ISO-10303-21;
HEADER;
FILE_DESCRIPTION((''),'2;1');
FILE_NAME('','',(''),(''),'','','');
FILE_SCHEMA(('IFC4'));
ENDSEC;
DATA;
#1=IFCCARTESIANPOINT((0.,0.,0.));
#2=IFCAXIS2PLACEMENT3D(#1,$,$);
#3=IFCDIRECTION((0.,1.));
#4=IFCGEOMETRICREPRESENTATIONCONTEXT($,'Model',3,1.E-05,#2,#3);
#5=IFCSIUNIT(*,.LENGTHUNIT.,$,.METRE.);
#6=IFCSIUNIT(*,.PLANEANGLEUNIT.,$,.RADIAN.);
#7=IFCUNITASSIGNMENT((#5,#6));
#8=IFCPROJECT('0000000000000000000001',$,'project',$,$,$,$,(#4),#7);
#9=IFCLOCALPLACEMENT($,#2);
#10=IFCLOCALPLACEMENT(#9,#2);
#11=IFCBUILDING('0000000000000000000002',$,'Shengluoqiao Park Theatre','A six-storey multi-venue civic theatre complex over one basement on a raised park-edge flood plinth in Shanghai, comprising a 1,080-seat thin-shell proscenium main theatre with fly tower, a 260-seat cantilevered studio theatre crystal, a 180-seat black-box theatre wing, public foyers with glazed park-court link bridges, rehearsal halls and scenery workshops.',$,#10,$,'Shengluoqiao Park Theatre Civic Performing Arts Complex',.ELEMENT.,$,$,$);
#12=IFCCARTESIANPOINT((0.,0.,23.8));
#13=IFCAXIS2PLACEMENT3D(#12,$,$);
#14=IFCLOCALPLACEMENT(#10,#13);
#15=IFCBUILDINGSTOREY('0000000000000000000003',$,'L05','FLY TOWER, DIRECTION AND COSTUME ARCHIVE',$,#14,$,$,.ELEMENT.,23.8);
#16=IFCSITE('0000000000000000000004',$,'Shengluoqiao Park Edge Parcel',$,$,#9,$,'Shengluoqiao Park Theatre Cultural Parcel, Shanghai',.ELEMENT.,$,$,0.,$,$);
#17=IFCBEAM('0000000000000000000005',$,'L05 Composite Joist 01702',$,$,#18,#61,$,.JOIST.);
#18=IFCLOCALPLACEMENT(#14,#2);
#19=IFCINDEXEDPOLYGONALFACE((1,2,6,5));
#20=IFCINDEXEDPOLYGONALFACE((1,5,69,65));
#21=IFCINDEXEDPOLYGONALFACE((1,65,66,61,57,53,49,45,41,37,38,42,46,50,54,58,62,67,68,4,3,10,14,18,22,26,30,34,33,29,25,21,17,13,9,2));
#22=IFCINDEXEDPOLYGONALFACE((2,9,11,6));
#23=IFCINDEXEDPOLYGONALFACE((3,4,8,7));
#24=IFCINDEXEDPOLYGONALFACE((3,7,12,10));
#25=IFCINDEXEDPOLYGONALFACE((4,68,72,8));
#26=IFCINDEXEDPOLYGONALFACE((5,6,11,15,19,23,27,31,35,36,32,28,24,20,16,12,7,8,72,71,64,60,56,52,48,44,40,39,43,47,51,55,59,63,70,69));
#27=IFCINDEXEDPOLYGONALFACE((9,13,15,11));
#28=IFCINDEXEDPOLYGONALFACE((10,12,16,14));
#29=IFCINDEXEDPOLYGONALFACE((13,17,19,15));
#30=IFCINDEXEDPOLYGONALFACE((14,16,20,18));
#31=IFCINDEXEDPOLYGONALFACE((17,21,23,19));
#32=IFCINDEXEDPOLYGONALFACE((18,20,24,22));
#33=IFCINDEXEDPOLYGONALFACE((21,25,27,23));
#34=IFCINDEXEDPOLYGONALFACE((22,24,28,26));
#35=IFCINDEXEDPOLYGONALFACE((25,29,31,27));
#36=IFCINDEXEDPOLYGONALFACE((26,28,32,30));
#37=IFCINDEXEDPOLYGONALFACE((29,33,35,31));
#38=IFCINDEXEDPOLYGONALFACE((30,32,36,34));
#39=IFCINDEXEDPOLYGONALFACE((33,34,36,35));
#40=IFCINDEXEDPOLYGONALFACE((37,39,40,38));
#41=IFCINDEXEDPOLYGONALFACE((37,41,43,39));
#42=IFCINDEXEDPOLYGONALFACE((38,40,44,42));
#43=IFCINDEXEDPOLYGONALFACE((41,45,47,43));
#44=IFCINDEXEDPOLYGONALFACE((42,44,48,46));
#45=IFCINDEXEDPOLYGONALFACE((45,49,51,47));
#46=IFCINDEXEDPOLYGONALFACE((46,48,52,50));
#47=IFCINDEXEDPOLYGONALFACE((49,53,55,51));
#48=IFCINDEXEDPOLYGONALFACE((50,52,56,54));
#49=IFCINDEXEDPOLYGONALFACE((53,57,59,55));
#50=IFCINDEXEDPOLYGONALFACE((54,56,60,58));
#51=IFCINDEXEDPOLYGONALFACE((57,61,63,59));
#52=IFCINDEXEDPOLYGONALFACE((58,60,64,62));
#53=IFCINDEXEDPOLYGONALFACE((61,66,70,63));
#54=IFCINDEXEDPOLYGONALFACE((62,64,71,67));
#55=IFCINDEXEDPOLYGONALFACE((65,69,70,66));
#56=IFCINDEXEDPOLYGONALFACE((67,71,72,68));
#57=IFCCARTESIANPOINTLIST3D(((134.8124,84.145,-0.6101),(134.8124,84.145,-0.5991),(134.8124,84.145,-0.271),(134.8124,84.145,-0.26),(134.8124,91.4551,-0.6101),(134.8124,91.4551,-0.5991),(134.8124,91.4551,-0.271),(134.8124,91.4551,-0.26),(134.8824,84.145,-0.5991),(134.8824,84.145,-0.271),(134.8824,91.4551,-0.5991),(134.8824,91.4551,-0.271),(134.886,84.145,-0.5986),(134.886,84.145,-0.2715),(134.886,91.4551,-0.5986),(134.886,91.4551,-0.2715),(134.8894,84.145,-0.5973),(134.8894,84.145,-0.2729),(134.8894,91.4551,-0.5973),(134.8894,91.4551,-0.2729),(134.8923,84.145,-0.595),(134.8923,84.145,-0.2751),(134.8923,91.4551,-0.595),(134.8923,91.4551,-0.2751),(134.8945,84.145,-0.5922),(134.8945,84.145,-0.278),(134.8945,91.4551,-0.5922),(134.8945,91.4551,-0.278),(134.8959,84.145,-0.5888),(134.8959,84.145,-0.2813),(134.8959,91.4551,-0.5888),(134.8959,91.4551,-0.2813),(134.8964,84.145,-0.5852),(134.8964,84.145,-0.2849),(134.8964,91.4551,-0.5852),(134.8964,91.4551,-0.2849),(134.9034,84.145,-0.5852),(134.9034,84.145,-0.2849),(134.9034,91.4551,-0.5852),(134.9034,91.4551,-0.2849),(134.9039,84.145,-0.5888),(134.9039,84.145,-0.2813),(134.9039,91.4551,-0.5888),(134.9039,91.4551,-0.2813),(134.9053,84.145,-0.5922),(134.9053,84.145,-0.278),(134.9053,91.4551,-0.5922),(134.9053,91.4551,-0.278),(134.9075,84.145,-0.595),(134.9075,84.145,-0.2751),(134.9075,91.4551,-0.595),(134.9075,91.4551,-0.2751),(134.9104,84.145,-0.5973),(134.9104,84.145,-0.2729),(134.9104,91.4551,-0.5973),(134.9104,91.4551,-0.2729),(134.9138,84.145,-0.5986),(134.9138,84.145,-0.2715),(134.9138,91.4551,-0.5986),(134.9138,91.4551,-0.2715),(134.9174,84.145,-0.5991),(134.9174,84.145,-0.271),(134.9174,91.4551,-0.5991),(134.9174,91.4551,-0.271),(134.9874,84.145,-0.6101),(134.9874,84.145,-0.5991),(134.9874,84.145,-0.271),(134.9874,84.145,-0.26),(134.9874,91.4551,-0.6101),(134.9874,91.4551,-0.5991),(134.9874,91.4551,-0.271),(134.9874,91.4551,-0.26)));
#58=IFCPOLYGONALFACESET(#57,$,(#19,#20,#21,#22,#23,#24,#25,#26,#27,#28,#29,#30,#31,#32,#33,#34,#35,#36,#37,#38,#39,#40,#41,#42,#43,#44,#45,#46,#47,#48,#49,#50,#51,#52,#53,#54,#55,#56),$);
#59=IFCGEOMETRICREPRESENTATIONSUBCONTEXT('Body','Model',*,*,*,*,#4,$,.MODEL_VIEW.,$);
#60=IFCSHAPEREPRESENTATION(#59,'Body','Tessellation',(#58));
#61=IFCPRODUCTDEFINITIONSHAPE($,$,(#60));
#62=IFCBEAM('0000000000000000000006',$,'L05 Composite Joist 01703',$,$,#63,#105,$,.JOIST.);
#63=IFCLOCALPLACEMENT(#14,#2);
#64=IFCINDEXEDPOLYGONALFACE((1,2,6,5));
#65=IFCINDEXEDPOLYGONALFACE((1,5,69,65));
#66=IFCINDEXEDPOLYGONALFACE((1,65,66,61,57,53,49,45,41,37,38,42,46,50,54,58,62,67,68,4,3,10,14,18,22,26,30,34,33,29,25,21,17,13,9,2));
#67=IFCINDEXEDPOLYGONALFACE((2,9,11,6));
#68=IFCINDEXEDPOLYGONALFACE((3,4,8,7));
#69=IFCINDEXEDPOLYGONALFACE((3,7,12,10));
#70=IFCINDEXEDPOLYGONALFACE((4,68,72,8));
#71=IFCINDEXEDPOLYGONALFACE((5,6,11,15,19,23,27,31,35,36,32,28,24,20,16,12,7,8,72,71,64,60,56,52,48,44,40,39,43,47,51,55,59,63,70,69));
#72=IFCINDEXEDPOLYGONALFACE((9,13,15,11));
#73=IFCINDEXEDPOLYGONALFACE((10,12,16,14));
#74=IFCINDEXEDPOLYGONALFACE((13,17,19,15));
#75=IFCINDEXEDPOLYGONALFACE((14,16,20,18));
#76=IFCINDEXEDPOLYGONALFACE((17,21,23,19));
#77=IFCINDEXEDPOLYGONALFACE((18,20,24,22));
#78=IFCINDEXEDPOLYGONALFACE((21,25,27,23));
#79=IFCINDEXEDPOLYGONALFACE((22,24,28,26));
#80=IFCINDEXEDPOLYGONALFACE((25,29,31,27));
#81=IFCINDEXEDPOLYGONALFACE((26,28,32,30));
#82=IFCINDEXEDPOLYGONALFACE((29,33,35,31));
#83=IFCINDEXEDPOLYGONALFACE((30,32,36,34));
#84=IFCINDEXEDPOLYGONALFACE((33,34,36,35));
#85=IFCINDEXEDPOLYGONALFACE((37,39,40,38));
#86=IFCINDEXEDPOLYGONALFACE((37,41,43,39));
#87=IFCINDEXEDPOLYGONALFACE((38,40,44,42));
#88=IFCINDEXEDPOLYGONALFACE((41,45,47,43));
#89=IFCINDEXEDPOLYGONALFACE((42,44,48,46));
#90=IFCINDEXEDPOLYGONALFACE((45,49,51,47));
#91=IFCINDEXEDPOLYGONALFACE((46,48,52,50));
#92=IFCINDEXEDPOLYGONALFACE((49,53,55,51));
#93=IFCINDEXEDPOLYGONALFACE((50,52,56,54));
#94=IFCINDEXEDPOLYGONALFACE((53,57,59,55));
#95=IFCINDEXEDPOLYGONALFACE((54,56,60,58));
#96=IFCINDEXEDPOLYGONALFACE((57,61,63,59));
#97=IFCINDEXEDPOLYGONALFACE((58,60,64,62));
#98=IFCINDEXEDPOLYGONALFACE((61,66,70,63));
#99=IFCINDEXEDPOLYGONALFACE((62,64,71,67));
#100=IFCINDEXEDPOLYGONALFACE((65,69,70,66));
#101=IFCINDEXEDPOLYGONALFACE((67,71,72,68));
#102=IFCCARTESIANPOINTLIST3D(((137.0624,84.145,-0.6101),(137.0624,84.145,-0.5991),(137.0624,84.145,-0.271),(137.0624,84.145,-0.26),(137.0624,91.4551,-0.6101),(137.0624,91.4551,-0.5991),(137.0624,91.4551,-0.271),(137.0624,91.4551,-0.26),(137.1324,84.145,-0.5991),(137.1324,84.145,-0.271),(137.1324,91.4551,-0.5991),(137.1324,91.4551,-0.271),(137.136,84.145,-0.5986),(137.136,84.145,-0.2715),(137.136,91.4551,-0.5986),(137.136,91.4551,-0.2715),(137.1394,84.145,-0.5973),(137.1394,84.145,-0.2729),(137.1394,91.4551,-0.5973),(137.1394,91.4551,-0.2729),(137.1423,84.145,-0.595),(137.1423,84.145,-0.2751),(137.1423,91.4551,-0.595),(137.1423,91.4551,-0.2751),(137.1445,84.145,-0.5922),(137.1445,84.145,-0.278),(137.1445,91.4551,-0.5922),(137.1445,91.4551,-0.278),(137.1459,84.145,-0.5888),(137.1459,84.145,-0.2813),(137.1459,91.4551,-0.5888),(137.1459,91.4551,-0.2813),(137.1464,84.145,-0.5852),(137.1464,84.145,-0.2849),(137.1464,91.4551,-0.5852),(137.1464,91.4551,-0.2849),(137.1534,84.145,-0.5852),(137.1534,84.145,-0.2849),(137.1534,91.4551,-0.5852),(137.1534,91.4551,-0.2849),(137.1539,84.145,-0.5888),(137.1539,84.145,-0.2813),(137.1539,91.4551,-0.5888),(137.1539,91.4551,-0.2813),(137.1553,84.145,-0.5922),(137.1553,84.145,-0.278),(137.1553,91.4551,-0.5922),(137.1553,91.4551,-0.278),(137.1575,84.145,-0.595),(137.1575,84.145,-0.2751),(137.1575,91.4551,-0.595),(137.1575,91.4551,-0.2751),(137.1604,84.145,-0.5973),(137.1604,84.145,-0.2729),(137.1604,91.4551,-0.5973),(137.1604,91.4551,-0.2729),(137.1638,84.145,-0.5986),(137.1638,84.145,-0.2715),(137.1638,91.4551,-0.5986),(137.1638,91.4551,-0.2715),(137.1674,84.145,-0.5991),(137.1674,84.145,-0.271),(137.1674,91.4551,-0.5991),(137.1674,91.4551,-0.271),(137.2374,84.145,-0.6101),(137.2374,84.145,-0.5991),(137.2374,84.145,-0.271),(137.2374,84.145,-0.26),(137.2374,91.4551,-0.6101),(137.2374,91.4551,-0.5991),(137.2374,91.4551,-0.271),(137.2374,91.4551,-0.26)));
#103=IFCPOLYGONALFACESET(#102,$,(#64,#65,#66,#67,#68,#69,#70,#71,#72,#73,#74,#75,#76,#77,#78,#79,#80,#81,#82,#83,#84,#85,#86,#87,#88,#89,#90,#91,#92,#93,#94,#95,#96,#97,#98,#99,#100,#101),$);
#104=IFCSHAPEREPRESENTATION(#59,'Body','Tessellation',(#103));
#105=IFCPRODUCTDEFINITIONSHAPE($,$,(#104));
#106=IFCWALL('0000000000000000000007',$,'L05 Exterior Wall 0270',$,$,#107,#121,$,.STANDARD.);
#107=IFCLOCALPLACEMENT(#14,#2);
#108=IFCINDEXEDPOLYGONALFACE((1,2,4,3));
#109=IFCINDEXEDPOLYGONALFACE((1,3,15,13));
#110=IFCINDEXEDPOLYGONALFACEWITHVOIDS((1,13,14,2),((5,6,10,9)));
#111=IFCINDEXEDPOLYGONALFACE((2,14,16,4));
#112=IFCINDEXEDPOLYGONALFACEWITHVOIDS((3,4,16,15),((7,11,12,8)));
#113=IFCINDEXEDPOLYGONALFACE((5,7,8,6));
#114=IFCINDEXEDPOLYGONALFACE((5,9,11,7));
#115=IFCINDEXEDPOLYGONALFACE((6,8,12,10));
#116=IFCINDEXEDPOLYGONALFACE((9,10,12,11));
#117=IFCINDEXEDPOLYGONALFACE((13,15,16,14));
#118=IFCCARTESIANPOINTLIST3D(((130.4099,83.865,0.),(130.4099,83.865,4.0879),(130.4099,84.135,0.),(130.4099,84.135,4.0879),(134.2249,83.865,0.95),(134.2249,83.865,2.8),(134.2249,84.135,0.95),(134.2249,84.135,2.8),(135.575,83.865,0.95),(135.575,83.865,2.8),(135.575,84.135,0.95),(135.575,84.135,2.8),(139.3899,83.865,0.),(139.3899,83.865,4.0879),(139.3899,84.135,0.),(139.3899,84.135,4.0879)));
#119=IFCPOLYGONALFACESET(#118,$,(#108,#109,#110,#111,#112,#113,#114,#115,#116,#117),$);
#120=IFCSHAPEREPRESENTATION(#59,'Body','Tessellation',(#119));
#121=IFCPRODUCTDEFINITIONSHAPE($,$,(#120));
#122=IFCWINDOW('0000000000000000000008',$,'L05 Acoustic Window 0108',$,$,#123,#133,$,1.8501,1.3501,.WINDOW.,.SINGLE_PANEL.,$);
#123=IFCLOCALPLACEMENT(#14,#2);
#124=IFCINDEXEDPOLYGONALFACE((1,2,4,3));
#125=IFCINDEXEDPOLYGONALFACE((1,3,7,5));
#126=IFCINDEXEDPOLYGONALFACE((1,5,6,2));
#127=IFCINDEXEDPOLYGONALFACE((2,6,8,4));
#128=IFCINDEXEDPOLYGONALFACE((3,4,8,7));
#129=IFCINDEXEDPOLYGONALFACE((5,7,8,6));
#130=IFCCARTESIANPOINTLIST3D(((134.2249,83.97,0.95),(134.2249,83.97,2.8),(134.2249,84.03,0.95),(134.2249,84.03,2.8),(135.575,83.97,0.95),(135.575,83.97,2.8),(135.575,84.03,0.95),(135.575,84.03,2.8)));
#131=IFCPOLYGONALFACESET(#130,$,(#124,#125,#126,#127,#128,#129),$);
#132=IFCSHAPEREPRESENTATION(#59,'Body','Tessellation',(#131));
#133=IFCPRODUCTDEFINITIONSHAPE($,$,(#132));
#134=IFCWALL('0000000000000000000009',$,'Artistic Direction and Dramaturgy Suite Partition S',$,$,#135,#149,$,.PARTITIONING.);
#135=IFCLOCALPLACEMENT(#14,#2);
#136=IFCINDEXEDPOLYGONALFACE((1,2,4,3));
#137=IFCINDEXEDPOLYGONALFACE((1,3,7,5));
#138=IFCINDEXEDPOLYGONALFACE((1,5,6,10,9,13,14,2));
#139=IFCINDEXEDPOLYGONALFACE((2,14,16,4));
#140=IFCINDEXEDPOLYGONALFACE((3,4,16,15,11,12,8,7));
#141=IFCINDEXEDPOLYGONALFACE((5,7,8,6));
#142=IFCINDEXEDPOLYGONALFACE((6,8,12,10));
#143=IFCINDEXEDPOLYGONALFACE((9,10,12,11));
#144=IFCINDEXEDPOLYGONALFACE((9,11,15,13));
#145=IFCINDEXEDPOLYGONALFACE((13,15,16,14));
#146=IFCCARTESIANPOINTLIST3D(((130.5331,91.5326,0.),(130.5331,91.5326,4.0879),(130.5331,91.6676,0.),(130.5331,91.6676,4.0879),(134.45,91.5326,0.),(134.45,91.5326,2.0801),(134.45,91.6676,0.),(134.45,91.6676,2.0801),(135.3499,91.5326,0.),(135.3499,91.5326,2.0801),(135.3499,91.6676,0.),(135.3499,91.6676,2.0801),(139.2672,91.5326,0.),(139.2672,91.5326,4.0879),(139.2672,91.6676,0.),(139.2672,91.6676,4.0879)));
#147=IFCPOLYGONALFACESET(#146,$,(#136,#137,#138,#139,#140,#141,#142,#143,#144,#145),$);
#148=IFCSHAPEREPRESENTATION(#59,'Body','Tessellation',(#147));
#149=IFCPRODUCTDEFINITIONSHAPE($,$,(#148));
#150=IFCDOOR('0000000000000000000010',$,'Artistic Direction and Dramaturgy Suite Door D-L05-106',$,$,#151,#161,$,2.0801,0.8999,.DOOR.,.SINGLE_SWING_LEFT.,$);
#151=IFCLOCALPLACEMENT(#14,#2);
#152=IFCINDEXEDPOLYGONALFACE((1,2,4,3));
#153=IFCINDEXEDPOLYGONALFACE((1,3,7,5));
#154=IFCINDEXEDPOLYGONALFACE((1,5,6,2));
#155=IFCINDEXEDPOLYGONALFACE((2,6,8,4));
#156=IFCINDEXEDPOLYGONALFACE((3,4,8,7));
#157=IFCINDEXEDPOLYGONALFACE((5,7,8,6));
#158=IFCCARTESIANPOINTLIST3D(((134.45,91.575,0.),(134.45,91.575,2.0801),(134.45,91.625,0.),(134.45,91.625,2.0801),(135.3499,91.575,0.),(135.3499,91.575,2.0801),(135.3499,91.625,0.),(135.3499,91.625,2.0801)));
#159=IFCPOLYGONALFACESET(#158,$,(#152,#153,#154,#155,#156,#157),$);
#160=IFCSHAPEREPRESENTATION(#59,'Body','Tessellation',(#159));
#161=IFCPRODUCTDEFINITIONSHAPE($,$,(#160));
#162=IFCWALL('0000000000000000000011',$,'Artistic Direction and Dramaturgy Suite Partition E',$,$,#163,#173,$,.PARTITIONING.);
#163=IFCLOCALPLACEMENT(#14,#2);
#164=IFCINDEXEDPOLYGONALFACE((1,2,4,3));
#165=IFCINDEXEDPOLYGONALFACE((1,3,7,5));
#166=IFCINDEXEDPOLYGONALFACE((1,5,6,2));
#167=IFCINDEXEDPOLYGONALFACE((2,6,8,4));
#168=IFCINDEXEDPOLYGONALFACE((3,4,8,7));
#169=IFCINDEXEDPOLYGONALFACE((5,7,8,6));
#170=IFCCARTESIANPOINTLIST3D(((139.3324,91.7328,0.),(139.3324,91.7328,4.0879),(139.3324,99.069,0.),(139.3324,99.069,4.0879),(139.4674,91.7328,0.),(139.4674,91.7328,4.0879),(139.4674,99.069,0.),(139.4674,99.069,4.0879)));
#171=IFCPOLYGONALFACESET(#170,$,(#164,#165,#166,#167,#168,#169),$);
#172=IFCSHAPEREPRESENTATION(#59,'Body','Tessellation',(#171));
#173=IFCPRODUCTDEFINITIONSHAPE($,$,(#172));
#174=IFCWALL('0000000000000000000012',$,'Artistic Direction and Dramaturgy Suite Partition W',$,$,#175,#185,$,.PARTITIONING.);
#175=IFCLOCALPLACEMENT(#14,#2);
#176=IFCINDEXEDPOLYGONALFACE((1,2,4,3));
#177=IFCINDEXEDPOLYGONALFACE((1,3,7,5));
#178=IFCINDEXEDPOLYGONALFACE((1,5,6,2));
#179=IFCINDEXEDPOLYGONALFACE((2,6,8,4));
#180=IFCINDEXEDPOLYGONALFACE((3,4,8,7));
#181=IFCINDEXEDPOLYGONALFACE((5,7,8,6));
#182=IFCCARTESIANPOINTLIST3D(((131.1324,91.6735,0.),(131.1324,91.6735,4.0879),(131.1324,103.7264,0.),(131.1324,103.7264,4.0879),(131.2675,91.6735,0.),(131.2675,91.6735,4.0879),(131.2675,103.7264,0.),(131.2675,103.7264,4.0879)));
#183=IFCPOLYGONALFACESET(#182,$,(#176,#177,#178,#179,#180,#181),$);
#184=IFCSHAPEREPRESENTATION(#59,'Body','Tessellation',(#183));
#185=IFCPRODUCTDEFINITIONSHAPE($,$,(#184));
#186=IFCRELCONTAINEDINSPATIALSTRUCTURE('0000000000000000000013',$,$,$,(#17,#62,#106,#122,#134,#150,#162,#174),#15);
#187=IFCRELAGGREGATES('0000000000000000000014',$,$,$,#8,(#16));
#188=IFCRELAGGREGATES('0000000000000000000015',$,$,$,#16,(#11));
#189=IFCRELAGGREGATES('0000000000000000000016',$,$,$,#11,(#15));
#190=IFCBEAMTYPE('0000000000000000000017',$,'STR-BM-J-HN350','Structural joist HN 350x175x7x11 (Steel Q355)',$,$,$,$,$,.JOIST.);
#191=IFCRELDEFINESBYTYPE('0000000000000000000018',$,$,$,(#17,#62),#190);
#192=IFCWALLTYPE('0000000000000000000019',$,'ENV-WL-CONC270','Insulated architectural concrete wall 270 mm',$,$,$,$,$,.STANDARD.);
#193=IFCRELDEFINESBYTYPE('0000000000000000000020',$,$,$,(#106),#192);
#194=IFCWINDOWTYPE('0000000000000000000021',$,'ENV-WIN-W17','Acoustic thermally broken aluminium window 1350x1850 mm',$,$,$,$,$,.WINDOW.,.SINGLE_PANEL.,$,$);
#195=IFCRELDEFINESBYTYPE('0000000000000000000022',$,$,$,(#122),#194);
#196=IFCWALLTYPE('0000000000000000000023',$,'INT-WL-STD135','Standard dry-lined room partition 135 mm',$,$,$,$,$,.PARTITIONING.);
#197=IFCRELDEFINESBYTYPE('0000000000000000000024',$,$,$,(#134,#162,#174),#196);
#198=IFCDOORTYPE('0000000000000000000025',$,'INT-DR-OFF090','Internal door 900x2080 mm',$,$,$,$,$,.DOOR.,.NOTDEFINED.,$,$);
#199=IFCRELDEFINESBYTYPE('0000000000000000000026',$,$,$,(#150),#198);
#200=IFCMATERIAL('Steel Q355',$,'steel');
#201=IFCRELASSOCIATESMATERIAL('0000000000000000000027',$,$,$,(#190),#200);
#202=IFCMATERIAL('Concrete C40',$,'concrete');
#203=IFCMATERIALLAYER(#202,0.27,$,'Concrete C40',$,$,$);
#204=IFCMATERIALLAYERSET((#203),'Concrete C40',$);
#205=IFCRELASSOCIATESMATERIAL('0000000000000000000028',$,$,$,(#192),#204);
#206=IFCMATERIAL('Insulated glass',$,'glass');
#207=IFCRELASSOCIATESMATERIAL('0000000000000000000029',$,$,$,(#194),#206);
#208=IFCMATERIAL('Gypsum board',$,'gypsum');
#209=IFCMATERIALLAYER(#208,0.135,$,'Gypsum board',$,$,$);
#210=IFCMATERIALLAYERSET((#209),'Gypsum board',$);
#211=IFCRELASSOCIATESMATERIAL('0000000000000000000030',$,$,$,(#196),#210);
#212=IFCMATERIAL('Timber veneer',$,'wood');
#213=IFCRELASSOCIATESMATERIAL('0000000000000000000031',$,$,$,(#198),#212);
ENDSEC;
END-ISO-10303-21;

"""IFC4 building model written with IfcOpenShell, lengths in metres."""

from ifc_helpers import new_model, si_unit, direction, frame, frame_2d, origin, origin_2d, place, context, subcontext, project, spatial, rectangle, i_section, extrude, material, layer, layer_set, material_profile, profile_set, type_object, element, fill, save


model = new_model("IFC4")

# Units and contexts
model_context = context("Model", 3, precision=1e-05, world=origin(), true_north=direction((0.0, 1.0)))
body_context = subcontext(model_context, "Body", "Model", "MODEL_VIEW")
ifc_project = project(units=[si_unit("LENGTHUNIT", "METRE"), si_unit("PLANEANGLEUNIT", "RADIAN")], contexts=[model_context])

# Site, building, storey
site_placement = place(None, origin())
site = spatial("IfcSite", under=ifc_project, at=site_placement, Name="Shengluoqiao Park Edge Parcel", LongName="Shengluoqiao Park Theatre Cultural Parcel, Shanghai", CompositionType="ELEMENT", RefElevation=0.0)
building_placement = place(site_placement, origin())
building = spatial("IfcBuilding", under=site, at=building_placement, Name="Shengluoqiao Park Theatre", Description="A six-storey multi-venue civic theatre complex over one basement on a raised park-edge flood plinth in Shanghai, comprising a 1,080-seat thin-shell proscenium main theatre with fly tower, a 260-seat cantilevered studio theatre crystal, a 180-seat black-box theatre wing, public foyers with glazed park-court link bridges, rehearsal halls and scenery workshops.", LongName="Shengluoqiao Park Theatre Civic Performing Arts Complex", CompositionType="ELEMENT")
storey_placement = place(building_placement, frame((0.0, 0.0, 23.8)))
storey = spatial("IfcBuildingStorey", under=building, at=storey_placement, Name="L05", Description="FLY TOWER, DIRECTION AND COSTUME ARCHIVE", CompositionType="ELEMENT", Elevation=23.8)

# Shared definitions
ifc_material_1 = material(Name="Steel Q355", Category="steel")

# Beams
ifc_material_profile_1 = material_profile(ifc_material_1, i_section(OverallWidth=0.175, OverallDepth=0.3501, WebThickness=0.0071, FlangeThickness=0.011, FilletRadius=0.0139, at=origin_2d()), Name="HN 350x175x7x11")
ifc_profile_set_1 = profile_set([ifc_material_profile_1], Name="Steel Q355")
beam_type_1 = type_object("IfcBeamType", Name="STR-BM-J-HN350", Description="Structural joist HN 350x175x7x11 (Steel Q355)", PredefinedType="JOIST", material=ifc_profile_set_1)
for number, where, z_axis, x_axis, name in (
    (1, (134.8999, 84.145, -0.4351), (0.0, 1.0, 0.0), (-1.0, 0.0, 0.0), "L05 Composite Joist 01702"),
    (2, (137.1499, 84.145, -0.4351), (0.0, 1.0, 0.0), (-1.0, 0.0, 0.0), "L05 Composite Joist 01703"),
):
    element("IfcBeam", number, at=place(storey_placement, frame(where, z_axis=z_axis, x_axis=x_axis)), inside=storey, type_object=beam_type_1, Name=name, PredefinedType="JOIST", context=body_context, shape_type="SweptSolid", body=[
        extrude(i_section(OverallWidth=0.175, OverallDepth=0.3501, WebThickness=0.0071, FlangeThickness=0.011, FilletRadius=0.0139, at=origin_2d()), origin(), (0.0, 0.0, 1.0), 7.3101),
    ])

# Wall, opening, window
ifc_material_2 = material(Name="Concrete C40", Category="concrete")
ifc_layer_1 = layer(ifc_material_2, 0.27, Name="Concrete C40")
ifc_layer_set_1 = layer_set([ifc_layer_1], Name="Concrete C40")
wall_type_1 = type_object("IfcWallType", Name="ENV-WL-CONC270", Description="Insulated architectural concrete wall 270 mm", PredefinedType="STANDARD", material=ifc_layer_set_1)
wall_1_placement = place(storey_placement, frame((130.4099, 84.0, 0.0), z_axis=(0.0, 0.0, 1.0), x_axis=(1.0, 0.0, 0.0)))
wall_1 = element("IfcWall", 3, at=wall_1_placement, inside=storey, type_object=wall_type_1, Name="L05 Exterior Wall 0270", PredefinedType="STANDARD", context=body_context, shape_type="SweptSolid", body=[
    extrude(rectangle(XDim=8.98, YDim=0.27, at=frame_2d((4.49, 0.0))), origin(), (0.0, 0.0, 1.0), 4.0879),
])
opening_1_placement = place(wall_1_placement, frame((3.8149, 0.0, 0.95)))
opening_1 = element("IfcOpeningElement", 4, at=opening_1_placement, cuts=wall_1, PredefinedType="OPENING", context=body_context, shape_type="SweptSolid", body=[
    extrude(rectangle(XDim=1.3501, YDim=1.8501, at=frame_2d((0.675, 0.925))), frame((0.0, 0.145, 0.0), z_axis=(0.0, -1.0, 0.0), x_axis=(1.0, 0.0, 0.0)), (0.0, 0.0, 1.0), 0.29),
])
ifc_material_3 = material(Name="Insulated glass", Category="glass")
window_type = type_object("IfcWindowType", Name="ENV-WIN-W17", Description="Acoustic thermally broken aluminium window 1350x1850 mm", PartitioningType="SINGLE_PANEL", PredefinedType="WINDOW", material=ifc_material_3)
window_placement = place(opening_1_placement, origin())
window = element("IfcWindow", 5, at=window_placement, inside=storey, type_object=window_type, Name="L05 Acoustic Window 0108", OverallHeight=1.8501, OverallWidth=1.3501, PartitioningType="SINGLE_PANEL", PredefinedType="WINDOW", context=body_context, shape_type="SweptSolid", body=[
    extrude(rectangle(XDim=1.3501, YDim=1.8501, at=frame_2d((0.675, 0.925))), frame((0.0, 0.03, 0.0), z_axis=(0.0, -1.0, 0.0), x_axis=(1.0, 0.0, 0.0)), (0.0, 0.0, 1.0), 0.0601),
])
fill(opening_1, window)

# Wall, opening, door
ifc_material_4 = material(Name="Gypsum board", Category="gypsum")
ifc_layer_2 = layer(ifc_material_4, 0.135, Name="Gypsum board")
ifc_layer_set_2 = layer_set([ifc_layer_2], Name="Gypsum board")
wall_type_2 = type_object("IfcWallType", Name="INT-WL-STD135", Description="Standard dry-lined room partition 135 mm", PredefinedType="PARTITIONING", material=ifc_layer_set_2)
wall_2_placement = place(storey_placement, frame((130.533, 91.6001, 0.0), z_axis=(0.0, 0.0, 1.0), x_axis=(1.0, 0.0, 0.0)))
wall_2 = element("IfcWall", 6, at=wall_2_placement, inside=storey, type_object=wall_type_2, Name="Artistic Direction and Dramaturgy Suite Partition S", PredefinedType="PARTITIONING", context=body_context, shape_type="SweptSolid", body=[
    extrude(rectangle(XDim=8.7341, YDim=0.135, at=frame_2d((4.3672, 0.0))), origin(), (0.0, 0.0, 1.0), 4.0879),
])
opening_2_placement = place(wall_2_placement, frame((3.917, 0.0, 0.0)))
opening_2 = element("IfcOpeningElement", 7, at=opening_2_placement, cuts=wall_2, PredefinedType="OPENING", context=body_context, shape_type="SweptSolid", body=[
    extrude(rectangle(XDim=0.8999, YDim=2.0801, at=frame_2d((0.45, 1.04))), frame((0.0, 0.0774, 0.0), z_axis=(0.0, -1.0, 0.0), x_axis=(1.0, 0.0, 0.0)), (0.0, 0.0, 1.0), 0.155),
])
ifc_material_5 = material(Name="Timber veneer", Category="wood")
door_type = type_object("IfcDoorType", Name="INT-DR-OFF090", Description="Internal door 900x2080 mm", OperationType="NOTDEFINED", PredefinedType="DOOR", material=ifc_material_5)
door_placement = place(opening_2_placement, origin())
door = element("IfcDoor", 8, at=door_placement, inside=storey, type_object=door_type, Name="Artistic Direction and Dramaturgy Suite Door D-L05-106", OperationType="SINGLE_SWING_LEFT", OverallHeight=2.0801, OverallWidth=0.8999, PredefinedType="DOOR", context=body_context, shape_type="SweptSolid", body=[
    extrude(rectangle(XDim=0.8999, YDim=2.0801, at=frame_2d((0.45, 1.04))), frame((0.0, 0.0249, 0.0), z_axis=(0.0, -1.0, 0.0), x_axis=(1.0, 0.0, 0.0)), (0.0, 0.0, 1.0), 0.05),
])
fill(opening_2, door)

# Walls
wall_3_placement = place(storey_placement, frame((139.3999, 91.7329, 0.0), z_axis=(0.0, 0.0, 1.0), x_axis=(0.0, 1.0, 0.0)))
element("IfcWall", 9, at=wall_3_placement, inside=storey, type_object=wall_type_2, Name="Artistic Direction and Dramaturgy Suite Partition E", PredefinedType="PARTITIONING", context=body_context, shape_type="SweptSolid", body=[
    extrude(rectangle(XDim=7.3362, YDim=0.135, at=frame_2d((3.668, 0.0))), origin(), (0.0, 0.0, 1.0), 4.0879),
])
wall_4_placement = place(storey_placement, frame((131.2, 91.6736, 0.0), z_axis=(0.0, 0.0, 1.0), x_axis=(0.0, 1.0, 0.0)))
element("IfcWall", 10, at=wall_4_placement, inside=storey, type_object=wall_type_2, Name="Artistic Direction and Dramaturgy Suite Partition W", PredefinedType="PARTITIONING", context=body_context, shape_type="SweptSolid", body=[
    extrude(rectangle(XDim=12.053, YDim=0.135, at=frame_2d((6.0264, 0.0))), origin(), (0.0, 0.0, 1.0), 4.0879),
])

save(model, "model.ifc")
